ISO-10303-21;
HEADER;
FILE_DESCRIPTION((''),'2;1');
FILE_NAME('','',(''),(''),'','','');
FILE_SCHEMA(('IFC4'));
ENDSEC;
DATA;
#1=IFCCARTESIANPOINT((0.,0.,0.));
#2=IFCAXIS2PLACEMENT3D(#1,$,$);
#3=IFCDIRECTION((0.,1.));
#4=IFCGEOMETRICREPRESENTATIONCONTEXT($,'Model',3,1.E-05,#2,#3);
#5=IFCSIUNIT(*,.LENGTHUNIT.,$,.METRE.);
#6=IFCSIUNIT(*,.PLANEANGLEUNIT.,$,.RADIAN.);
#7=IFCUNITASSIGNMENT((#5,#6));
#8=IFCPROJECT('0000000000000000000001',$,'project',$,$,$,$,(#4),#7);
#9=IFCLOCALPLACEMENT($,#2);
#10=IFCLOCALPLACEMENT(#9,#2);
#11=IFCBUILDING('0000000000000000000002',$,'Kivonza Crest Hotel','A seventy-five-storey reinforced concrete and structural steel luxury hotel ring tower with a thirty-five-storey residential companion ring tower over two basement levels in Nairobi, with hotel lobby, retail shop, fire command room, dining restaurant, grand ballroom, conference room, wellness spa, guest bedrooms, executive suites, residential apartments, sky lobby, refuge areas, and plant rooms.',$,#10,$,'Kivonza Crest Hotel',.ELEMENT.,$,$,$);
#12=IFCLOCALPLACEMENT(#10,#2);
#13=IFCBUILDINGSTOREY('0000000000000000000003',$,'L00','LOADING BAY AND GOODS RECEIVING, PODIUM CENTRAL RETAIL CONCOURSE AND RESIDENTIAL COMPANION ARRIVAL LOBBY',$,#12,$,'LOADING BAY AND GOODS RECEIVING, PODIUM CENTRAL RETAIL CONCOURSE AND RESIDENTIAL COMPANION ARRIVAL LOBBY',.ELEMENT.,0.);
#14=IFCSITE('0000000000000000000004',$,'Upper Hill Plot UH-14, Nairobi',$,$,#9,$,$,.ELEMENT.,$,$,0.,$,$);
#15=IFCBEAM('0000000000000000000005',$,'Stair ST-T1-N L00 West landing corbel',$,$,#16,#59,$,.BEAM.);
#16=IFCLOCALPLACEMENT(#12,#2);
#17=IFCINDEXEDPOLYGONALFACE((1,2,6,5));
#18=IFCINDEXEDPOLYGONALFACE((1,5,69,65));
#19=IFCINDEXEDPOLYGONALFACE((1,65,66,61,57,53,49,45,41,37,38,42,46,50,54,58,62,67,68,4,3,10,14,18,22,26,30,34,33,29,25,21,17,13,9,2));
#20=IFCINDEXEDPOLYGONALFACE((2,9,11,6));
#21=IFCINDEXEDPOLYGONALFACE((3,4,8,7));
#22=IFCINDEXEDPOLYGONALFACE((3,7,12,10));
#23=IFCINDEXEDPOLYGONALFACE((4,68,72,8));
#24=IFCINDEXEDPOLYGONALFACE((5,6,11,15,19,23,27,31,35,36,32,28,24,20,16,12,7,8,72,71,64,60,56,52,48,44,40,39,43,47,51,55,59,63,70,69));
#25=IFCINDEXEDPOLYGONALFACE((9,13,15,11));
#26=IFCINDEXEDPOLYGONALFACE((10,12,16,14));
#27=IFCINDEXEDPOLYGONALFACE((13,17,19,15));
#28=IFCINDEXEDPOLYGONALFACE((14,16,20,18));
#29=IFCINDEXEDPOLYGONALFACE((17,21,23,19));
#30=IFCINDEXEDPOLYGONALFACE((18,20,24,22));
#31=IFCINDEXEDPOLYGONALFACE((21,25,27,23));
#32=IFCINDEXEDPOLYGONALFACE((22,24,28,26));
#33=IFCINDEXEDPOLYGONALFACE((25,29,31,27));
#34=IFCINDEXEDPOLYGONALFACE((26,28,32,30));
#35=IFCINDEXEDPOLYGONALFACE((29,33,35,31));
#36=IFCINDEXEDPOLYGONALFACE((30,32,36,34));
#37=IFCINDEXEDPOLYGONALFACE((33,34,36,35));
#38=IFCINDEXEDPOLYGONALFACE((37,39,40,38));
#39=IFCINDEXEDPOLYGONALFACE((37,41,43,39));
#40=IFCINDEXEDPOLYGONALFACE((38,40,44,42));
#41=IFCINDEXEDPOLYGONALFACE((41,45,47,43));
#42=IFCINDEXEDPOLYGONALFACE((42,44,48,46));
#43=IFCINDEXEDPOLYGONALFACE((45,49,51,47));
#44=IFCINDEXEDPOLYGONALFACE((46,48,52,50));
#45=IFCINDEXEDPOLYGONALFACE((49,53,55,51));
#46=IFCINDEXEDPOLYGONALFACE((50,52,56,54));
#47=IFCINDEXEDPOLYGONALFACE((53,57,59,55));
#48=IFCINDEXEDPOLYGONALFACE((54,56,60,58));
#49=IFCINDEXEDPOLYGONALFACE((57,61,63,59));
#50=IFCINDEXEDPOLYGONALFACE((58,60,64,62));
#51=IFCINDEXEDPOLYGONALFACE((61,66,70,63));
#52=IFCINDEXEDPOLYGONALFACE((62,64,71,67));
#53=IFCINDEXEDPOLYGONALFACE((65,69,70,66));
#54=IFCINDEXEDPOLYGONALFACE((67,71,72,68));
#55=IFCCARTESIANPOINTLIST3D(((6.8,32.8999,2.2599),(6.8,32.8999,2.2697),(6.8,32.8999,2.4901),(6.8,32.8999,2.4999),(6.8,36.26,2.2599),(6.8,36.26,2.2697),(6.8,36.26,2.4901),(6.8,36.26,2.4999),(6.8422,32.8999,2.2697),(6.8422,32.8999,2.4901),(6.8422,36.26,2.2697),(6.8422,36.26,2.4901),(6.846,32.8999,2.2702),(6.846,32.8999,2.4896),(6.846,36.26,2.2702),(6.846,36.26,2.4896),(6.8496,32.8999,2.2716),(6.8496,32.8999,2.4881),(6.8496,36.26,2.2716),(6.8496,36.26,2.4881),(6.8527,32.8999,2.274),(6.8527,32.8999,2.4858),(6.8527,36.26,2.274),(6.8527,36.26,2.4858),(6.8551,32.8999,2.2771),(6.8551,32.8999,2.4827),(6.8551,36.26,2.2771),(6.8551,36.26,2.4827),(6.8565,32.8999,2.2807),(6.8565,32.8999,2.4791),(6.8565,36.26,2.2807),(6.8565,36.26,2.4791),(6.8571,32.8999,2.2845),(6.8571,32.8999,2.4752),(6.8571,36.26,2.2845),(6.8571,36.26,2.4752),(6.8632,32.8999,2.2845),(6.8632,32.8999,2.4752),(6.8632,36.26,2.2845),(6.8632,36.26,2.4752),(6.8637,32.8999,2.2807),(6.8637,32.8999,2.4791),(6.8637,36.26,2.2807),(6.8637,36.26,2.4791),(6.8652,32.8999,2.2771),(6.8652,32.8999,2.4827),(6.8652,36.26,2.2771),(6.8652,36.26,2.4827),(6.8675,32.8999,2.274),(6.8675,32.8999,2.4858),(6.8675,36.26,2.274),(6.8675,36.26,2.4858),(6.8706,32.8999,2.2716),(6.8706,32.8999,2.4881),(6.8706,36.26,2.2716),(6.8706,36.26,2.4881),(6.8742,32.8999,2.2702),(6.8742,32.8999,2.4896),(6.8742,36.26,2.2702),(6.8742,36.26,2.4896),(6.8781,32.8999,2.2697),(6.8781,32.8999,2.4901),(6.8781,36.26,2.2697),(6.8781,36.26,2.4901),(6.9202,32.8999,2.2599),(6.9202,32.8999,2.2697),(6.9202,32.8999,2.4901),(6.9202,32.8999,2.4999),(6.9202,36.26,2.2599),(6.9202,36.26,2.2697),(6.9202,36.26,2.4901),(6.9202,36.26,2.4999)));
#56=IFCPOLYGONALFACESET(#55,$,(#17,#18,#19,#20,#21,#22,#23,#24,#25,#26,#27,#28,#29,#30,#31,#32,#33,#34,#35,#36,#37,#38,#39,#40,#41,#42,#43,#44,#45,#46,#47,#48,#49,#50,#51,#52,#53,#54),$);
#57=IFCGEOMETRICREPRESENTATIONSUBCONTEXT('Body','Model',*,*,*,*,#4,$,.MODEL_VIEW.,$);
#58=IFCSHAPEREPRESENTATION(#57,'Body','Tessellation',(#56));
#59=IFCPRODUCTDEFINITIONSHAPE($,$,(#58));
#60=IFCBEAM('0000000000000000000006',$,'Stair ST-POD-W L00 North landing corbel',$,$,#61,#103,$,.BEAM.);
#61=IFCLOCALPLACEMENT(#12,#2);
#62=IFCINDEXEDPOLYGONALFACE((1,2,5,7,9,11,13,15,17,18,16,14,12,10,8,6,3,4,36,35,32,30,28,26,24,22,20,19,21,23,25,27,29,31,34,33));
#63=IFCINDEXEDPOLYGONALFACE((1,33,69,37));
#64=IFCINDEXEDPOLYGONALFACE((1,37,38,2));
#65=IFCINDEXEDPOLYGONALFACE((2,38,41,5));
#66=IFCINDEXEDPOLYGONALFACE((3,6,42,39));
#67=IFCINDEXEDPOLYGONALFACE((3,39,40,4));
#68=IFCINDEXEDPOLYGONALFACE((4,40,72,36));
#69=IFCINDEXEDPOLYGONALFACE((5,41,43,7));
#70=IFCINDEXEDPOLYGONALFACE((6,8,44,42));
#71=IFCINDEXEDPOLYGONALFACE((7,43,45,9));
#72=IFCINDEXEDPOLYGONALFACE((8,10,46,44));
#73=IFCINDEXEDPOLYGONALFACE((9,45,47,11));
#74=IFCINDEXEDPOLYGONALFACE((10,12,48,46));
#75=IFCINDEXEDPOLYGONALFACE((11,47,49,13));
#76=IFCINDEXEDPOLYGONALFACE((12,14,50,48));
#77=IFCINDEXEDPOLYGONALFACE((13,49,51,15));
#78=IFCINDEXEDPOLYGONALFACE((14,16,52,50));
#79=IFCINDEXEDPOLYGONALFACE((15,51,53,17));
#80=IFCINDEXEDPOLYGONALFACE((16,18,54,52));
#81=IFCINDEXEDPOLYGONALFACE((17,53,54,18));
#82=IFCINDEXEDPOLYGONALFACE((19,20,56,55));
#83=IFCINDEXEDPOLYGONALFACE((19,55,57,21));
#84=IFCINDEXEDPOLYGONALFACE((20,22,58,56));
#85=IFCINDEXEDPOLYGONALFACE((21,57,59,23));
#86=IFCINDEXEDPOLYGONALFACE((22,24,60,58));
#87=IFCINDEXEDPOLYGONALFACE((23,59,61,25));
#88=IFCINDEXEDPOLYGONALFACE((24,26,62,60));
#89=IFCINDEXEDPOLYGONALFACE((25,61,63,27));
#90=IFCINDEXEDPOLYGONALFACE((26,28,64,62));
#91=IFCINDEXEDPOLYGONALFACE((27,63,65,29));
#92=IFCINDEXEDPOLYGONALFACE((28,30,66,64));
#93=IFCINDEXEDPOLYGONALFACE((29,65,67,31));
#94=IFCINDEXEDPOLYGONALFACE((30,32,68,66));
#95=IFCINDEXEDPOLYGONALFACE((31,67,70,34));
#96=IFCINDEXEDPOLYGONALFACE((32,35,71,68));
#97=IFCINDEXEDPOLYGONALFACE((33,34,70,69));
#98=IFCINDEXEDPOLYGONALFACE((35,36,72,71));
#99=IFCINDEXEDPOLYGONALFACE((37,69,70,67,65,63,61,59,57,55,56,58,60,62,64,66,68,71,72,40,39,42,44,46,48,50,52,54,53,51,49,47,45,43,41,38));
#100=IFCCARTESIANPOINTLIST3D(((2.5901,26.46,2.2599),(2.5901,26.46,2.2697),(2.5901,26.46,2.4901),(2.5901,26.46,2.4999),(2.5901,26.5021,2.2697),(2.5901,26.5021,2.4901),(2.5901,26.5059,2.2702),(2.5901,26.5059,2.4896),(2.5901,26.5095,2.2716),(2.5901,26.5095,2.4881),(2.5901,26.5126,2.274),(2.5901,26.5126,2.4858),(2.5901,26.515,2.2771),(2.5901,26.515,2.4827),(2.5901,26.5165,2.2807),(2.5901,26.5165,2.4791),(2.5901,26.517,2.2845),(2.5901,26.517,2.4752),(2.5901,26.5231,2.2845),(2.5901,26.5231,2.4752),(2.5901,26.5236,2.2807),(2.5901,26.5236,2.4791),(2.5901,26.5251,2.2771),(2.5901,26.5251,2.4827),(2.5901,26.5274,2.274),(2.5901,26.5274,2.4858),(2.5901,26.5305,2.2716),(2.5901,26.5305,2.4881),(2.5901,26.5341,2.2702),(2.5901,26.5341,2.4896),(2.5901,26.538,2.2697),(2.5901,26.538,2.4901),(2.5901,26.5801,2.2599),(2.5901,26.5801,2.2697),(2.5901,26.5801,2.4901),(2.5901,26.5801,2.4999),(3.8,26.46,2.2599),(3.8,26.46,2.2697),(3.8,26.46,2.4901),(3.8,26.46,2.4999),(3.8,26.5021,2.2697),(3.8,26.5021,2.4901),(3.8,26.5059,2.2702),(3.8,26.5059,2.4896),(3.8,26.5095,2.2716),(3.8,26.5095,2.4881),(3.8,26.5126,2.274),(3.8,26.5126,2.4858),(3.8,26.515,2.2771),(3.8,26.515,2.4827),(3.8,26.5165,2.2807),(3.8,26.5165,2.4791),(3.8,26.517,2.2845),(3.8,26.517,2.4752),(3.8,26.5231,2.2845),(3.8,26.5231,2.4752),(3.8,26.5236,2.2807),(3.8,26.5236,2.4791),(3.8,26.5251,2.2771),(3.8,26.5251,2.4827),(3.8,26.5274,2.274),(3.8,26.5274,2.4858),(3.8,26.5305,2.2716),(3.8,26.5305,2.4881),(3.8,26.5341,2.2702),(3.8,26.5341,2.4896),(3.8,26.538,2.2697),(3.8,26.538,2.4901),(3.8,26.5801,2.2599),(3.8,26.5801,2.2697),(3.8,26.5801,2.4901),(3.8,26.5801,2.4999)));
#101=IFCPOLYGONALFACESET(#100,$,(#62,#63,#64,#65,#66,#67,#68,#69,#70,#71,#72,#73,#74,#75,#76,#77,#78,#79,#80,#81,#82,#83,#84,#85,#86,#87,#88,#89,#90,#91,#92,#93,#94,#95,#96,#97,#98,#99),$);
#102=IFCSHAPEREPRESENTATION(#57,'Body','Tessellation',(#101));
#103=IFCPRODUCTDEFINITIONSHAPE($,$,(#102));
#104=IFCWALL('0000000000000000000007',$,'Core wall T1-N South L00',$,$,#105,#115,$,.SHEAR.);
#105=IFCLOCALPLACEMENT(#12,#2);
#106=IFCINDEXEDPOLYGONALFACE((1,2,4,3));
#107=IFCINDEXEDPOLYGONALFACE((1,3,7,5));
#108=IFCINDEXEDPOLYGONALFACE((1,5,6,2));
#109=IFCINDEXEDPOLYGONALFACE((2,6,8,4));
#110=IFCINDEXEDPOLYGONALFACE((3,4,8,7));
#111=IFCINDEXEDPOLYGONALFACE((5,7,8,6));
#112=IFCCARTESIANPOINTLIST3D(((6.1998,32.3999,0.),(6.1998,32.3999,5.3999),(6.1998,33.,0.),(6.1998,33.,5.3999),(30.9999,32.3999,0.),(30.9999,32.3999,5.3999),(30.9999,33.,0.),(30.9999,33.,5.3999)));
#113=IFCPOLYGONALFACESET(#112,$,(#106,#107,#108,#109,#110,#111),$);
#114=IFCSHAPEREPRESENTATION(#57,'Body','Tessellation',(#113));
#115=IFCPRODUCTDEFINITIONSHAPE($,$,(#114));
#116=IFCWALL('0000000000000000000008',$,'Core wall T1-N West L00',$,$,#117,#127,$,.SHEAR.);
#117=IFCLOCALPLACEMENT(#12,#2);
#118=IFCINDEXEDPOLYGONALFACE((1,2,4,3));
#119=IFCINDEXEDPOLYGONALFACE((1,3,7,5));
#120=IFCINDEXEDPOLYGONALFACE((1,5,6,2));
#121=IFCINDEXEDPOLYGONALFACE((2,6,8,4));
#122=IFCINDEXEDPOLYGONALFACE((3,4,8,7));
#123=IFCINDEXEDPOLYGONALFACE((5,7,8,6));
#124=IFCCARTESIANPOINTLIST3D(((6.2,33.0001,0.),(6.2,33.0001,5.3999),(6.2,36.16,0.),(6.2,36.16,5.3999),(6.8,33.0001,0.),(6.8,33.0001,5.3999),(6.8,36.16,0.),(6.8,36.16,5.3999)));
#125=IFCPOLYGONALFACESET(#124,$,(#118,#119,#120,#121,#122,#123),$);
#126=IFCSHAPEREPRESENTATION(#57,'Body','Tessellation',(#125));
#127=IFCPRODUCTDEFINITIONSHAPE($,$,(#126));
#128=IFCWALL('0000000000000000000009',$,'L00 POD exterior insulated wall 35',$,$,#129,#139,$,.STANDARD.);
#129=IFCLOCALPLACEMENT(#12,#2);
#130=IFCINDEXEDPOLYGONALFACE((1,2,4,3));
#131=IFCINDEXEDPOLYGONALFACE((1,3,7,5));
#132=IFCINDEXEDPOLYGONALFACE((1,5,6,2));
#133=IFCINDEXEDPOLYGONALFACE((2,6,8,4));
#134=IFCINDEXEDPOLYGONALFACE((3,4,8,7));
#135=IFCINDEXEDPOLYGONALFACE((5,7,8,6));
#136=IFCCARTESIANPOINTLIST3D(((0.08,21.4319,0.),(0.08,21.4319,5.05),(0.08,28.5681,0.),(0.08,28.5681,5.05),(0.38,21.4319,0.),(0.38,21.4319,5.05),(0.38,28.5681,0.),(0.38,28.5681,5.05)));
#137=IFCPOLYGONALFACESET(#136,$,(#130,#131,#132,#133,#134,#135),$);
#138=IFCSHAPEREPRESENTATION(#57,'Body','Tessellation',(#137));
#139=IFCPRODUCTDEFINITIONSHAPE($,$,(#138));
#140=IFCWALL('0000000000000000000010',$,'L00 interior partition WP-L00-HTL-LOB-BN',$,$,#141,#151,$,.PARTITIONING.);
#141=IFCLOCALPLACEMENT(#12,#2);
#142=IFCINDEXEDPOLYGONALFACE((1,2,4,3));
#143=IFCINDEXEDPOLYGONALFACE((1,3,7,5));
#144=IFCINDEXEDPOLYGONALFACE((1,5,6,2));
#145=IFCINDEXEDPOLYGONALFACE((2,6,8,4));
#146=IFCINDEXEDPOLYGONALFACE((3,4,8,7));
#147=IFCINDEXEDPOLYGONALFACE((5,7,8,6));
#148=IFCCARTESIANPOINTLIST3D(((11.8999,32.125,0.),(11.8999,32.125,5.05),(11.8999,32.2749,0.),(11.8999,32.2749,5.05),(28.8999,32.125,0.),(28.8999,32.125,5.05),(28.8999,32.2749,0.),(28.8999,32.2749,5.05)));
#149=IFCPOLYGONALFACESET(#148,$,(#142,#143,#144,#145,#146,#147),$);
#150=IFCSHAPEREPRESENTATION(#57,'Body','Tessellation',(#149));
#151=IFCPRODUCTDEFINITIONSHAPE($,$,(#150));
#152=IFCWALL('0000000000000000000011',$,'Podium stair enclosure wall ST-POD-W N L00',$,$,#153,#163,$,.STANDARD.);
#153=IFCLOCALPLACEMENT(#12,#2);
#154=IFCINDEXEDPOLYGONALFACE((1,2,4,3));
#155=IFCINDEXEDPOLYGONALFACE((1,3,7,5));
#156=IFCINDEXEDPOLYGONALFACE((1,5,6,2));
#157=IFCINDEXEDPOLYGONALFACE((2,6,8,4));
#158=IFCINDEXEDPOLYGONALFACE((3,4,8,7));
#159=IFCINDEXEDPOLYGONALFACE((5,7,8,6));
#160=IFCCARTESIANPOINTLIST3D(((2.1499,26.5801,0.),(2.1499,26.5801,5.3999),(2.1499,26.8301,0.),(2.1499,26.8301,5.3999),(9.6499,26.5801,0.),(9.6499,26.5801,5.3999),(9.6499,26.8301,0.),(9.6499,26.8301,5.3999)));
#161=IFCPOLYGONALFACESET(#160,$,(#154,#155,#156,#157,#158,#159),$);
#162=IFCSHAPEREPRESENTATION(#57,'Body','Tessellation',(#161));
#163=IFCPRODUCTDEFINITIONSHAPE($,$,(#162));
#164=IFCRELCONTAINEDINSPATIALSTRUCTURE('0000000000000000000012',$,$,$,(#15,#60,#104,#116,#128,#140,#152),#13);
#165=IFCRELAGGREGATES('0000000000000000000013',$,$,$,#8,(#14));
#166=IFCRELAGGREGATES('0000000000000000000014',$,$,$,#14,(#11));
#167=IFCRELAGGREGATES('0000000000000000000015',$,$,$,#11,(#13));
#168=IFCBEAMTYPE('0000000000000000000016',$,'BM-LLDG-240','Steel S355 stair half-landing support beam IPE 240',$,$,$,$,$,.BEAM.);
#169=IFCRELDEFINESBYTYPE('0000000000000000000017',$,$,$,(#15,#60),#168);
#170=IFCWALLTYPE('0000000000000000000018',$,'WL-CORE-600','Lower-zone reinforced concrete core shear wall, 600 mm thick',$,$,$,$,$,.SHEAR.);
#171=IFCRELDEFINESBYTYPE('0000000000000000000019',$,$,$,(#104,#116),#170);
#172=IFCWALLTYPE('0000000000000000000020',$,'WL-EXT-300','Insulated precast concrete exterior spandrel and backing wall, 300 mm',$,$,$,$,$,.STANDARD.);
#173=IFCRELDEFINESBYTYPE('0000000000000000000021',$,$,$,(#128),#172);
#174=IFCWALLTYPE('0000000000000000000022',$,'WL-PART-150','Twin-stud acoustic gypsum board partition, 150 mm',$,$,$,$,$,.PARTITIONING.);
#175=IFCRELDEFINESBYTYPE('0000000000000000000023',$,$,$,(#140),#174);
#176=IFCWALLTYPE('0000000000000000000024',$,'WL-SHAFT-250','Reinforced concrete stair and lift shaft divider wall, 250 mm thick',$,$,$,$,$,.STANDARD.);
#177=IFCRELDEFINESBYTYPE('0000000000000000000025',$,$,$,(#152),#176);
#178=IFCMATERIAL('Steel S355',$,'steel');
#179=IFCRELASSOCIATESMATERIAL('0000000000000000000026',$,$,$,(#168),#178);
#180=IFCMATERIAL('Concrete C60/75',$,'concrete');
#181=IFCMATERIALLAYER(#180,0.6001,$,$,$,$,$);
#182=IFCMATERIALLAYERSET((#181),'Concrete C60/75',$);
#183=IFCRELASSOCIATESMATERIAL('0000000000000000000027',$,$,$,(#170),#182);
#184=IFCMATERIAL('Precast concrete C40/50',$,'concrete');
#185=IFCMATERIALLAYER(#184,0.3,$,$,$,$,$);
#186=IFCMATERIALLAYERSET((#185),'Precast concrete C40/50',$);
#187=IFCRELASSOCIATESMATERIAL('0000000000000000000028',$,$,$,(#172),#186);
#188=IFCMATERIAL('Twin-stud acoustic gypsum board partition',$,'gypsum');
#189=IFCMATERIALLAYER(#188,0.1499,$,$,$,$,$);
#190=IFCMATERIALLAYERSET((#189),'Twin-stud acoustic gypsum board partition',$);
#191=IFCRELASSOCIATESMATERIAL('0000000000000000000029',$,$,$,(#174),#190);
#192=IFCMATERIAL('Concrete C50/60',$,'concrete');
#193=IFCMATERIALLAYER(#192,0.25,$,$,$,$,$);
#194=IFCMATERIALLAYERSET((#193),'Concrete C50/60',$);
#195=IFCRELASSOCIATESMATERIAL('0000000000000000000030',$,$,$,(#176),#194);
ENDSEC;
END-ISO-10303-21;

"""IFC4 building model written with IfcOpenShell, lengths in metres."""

from ifc_helpers import new_model, si_unit, direction, frame, frame_2d, origin, origin_2d, place, context, subcontext, project, spatial, rectangle, i_section, extrude, material, layer, layer_set, material_profile, profile_set, type_object, element, save


model = new_model("IFC4")

# Units and contexts
model_context = context("Model", 3, precision=1e-05, world=origin(), true_north=direction((0.0, 1.0)))
body_context = subcontext(model_context, "Body", "Model", "MODEL_VIEW")
ifc_project = project(units=[si_unit("LENGTHUNIT", "METRE"), si_unit("PLANEANGLEUNIT", "RADIAN")], contexts=[model_context])

# Site, building, storey
site_placement = place(None, origin())
site = spatial("IfcSite", under=ifc_project, at=site_placement, Name="Upper Hill Plot UH-14, Nairobi", CompositionType="ELEMENT", RefElevation=0.0)
building_placement = place(site_placement, origin())
building = spatial("IfcBuilding", under=site, at=building_placement, Name="Kivonza Crest Hotel", Description="A seventy-five-storey reinforced concrete and structural steel luxury hotel ring tower with a thirty-five-storey residential companion ring tower over two basement levels in Nairobi, with hotel lobby, retail shop, fire command room, dining restaurant, grand ballroom, conference room, wellness spa, guest bedrooms, executive suites, residential apartments, sky lobby, refuge areas, and plant rooms.", LongName="Kivonza Crest Hotel", CompositionType="ELEMENT")
storey_placement = place(building_placement, origin())
storey = spatial("IfcBuildingStorey", under=building, at=storey_placement, Name="L00", Description="LOADING BAY AND GOODS RECEIVING, PODIUM CENTRAL RETAIL CONCOURSE AND RESIDENTIAL COMPANION ARRIVAL LOBBY", LongName="LOADING BAY AND GOODS RECEIVING, PODIUM CENTRAL RETAIL CONCOURSE AND RESIDENTIAL COMPANION ARRIVAL LOBBY", CompositionType="ELEMENT", Elevation=0.0)

# Shared definitions
ifc_material_1 = material(Name="Concrete C60/75", Category="concrete")

# Beams
ifc_material_2 = material(Name="Steel S355", Category="steel")
ifc_material_profile_1 = material_profile(ifc_material_2, i_section(OverallWidth=0.1201, OverallDepth=0.24, WebThickness=0.0061, FlangeThickness=0.0098, FilletRadius=0.0149, at=origin_2d()), Name="IPE 240")
ifc_profile_set_1 = profile_set([ifc_material_profile_1], Name="Steel S355")
beam_type_1 = type_object("IfcBeamType", Name="BM-LLDG-240", Description="Steel S355 stair half-landing support beam IPE 240", PredefinedType="BEAM", material=ifc_profile_set_1)
beam_1_placement = place(storey_placement, frame((6.8601, 32.8999, 2.3799), z_axis=(0.0, 1.0, 0.0), x_axis=(-1.0, 0.0, 0.0)))
element("IfcBeam", 1, at=beam_1_placement, inside=storey, type_object=beam_type_1, Name="Stair ST-T1-N L00 West landing corbel", PredefinedType="BEAM", context=body_context, shape_type="SweptSolid", body=[
    extrude(i_section(OverallWidth=0.1201, OverallDepth=0.24, WebThickness=0.0061, FlangeThickness=0.0098, FilletRadius=0.0149, at=origin_2d()), origin(), (0.0, 0.0, 1.0), 3.3601),
])
beam_2_placement = place(storey_placement, frame((2.5901, 26.52, 2.3799), z_axis=(1.0, 0.0, 0.0), x_axis=(0.0, 1.0, 0.0)))
element("IfcBeam", 2, at=beam_2_placement, inside=storey, type_object=beam_type_1, Name="Stair ST-POD-W L00 North landing corbel", PredefinedType="BEAM", context=body_context, shape_type="SweptSolid", body=[
    extrude(i_section(OverallWidth=0.1201, OverallDepth=0.24, WebThickness=0.0061, FlangeThickness=0.0098, FilletRadius=0.0149, at=origin_2d()), origin(), (0.0, 0.0, 1.0), 1.21),
])

# Walls
ifc_layer_1 = layer(ifc_material_1, 0.6001)
ifc_layer_set_1 = layer_set([ifc_layer_1], Name="Concrete C60/75")
wall_type_1 = type_object("IfcWallType", Name="WL-CORE-600", Description="Lower-zone reinforced concrete core shear wall, 600 mm thick", PredefinedType="SHEAR", material=ifc_layer_set_1)
wall_1_placement = place(storey_placement, frame((6.2, 32.7, 0.0), z_axis=(0.0, 0.0, 1.0), x_axis=(1.0, 0.0, 0.0)))
element("IfcWall", 3, at=wall_1_placement, inside=storey, type_object=wall_type_1, Name="Core wall T1-N South L00", PredefinedType="SHEAR", context=body_context, shape_type="SweptSolid", body=[
    extrude(rectangle(XDim=24.8, YDim=0.6001, at=frame_2d((12.3999, 0.0))), origin(), (0.0, 0.0, 1.0), 5.3999),
])
wall_2_placement = place(storey_placement, frame((6.5, 33.0, 0.0), z_axis=(0.0, 0.0, 1.0), x_axis=(0.0, 1.0, 0.0)))
element("IfcWall", 4, at=wall_2_placement, inside=storey, type_object=wall_type_1, Name="Core wall T1-N West L00", PredefinedType="SHEAR", context=body_context, shape_type="SweptSolid", body=[
    extrude(rectangle(XDim=3.1599, YDim=0.6001, at=frame_2d((1.5801, 0.0))), origin(), (0.0, 0.0, 1.0), 5.3999),
])
ifc_material_3 = material(Name="Precast concrete C40/50", Category="concrete")
ifc_layer_2 = layer(ifc_material_3, 0.3)
ifc_layer_set_2 = layer_set([ifc_layer_2], Name="Precast concrete C40/50")
wall_type_2 = type_object("IfcWallType", Name="WL-EXT-300", Description="Insulated precast concrete exterior spandrel and backing wall, 300 mm", PredefinedType="STANDARD", material=ifc_layer_set_2)
wall_3_placement = place(storey_placement, frame((0.23, 28.5681, 0.0), z_axis=(0.0, 0.0, 1.0), x_axis=(0.0, -1.0, 0.0)))
element("IfcWall", 5, at=wall_3_placement, inside=storey, type_object=wall_type_2, Name="L00 POD exterior insulated wall 35", PredefinedType="STANDARD", context=body_context, shape_type="SweptSolid", body=[
    extrude(rectangle(XDim=7.1362, YDim=0.3, at=frame_2d((3.5681, 0.0))), origin(), (0.0, 0.0, 1.0), 5.05),
])
ifc_material_4 = material(Name="Twin-stud acoustic gypsum board partition", Category="gypsum")
ifc_layer_3 = layer(ifc_material_4, 0.1499)
ifc_layer_set_3 = layer_set([ifc_layer_3], Name="Twin-stud acoustic gypsum board partition")
wall_type_3 = type_object("IfcWallType", Name="WL-PART-150", Description="Twin-stud acoustic gypsum board partition, 150 mm", PredefinedType="PARTITIONING", material=ifc_layer_set_3)
wall_4_placement = place(storey_placement, frame((11.8999, 32.2, 0.0), z_axis=(0.0, 0.0, 1.0), x_axis=(1.0, 0.0, 0.0)))
element("IfcWall", 6, at=wall_4_placement, inside=storey, type_object=wall_type_3, Name="L00 interior partition WP-L00-HTL-LOB-BN", PredefinedType="PARTITIONING", context=body_context, shape_type="SweptSolid", body=[
    extrude(rectangle(XDim=17.0, YDim=0.1499, at=frame_2d((8.5, 0.0))), origin(), (0.0, 0.0, 1.0), 5.05),
])

# Shared definitions
ifc_material_5 = material(Name="Concrete C50/60", Category="concrete")
ifc_layer_4 = layer(ifc_material_5, 0.25)
ifc_layer_set_4 = layer_set([ifc_layer_4], Name="Concrete C50/60")
wall_type_4 = type_object("IfcWallType", Name="WL-SHAFT-250", Description="Reinforced concrete stair and lift shaft divider wall, 250 mm thick", PredefinedType="STANDARD", material=ifc_layer_set_4)

# Wall
wall_5_placement = place(storey_placement, frame((2.1499, 26.7051, 0.0), z_axis=(0.0, 0.0, 1.0), x_axis=(1.0, 0.0, 0.0)))
element("IfcWall", 7, at=wall_5_placement, inside=storey, type_object=wall_type_4, Name="Podium stair enclosure wall ST-POD-W N L00", PredefinedType="STANDARD", context=body_context, shape_type="SweptSolid", body=[
    extrude(rectangle(XDim=7.5, YDim=0.25, at=frame_2d((3.75, 0.0))), origin(), (0.0, 0.0, 1.0), 5.3999),
])

save(model, "model.ifc")
